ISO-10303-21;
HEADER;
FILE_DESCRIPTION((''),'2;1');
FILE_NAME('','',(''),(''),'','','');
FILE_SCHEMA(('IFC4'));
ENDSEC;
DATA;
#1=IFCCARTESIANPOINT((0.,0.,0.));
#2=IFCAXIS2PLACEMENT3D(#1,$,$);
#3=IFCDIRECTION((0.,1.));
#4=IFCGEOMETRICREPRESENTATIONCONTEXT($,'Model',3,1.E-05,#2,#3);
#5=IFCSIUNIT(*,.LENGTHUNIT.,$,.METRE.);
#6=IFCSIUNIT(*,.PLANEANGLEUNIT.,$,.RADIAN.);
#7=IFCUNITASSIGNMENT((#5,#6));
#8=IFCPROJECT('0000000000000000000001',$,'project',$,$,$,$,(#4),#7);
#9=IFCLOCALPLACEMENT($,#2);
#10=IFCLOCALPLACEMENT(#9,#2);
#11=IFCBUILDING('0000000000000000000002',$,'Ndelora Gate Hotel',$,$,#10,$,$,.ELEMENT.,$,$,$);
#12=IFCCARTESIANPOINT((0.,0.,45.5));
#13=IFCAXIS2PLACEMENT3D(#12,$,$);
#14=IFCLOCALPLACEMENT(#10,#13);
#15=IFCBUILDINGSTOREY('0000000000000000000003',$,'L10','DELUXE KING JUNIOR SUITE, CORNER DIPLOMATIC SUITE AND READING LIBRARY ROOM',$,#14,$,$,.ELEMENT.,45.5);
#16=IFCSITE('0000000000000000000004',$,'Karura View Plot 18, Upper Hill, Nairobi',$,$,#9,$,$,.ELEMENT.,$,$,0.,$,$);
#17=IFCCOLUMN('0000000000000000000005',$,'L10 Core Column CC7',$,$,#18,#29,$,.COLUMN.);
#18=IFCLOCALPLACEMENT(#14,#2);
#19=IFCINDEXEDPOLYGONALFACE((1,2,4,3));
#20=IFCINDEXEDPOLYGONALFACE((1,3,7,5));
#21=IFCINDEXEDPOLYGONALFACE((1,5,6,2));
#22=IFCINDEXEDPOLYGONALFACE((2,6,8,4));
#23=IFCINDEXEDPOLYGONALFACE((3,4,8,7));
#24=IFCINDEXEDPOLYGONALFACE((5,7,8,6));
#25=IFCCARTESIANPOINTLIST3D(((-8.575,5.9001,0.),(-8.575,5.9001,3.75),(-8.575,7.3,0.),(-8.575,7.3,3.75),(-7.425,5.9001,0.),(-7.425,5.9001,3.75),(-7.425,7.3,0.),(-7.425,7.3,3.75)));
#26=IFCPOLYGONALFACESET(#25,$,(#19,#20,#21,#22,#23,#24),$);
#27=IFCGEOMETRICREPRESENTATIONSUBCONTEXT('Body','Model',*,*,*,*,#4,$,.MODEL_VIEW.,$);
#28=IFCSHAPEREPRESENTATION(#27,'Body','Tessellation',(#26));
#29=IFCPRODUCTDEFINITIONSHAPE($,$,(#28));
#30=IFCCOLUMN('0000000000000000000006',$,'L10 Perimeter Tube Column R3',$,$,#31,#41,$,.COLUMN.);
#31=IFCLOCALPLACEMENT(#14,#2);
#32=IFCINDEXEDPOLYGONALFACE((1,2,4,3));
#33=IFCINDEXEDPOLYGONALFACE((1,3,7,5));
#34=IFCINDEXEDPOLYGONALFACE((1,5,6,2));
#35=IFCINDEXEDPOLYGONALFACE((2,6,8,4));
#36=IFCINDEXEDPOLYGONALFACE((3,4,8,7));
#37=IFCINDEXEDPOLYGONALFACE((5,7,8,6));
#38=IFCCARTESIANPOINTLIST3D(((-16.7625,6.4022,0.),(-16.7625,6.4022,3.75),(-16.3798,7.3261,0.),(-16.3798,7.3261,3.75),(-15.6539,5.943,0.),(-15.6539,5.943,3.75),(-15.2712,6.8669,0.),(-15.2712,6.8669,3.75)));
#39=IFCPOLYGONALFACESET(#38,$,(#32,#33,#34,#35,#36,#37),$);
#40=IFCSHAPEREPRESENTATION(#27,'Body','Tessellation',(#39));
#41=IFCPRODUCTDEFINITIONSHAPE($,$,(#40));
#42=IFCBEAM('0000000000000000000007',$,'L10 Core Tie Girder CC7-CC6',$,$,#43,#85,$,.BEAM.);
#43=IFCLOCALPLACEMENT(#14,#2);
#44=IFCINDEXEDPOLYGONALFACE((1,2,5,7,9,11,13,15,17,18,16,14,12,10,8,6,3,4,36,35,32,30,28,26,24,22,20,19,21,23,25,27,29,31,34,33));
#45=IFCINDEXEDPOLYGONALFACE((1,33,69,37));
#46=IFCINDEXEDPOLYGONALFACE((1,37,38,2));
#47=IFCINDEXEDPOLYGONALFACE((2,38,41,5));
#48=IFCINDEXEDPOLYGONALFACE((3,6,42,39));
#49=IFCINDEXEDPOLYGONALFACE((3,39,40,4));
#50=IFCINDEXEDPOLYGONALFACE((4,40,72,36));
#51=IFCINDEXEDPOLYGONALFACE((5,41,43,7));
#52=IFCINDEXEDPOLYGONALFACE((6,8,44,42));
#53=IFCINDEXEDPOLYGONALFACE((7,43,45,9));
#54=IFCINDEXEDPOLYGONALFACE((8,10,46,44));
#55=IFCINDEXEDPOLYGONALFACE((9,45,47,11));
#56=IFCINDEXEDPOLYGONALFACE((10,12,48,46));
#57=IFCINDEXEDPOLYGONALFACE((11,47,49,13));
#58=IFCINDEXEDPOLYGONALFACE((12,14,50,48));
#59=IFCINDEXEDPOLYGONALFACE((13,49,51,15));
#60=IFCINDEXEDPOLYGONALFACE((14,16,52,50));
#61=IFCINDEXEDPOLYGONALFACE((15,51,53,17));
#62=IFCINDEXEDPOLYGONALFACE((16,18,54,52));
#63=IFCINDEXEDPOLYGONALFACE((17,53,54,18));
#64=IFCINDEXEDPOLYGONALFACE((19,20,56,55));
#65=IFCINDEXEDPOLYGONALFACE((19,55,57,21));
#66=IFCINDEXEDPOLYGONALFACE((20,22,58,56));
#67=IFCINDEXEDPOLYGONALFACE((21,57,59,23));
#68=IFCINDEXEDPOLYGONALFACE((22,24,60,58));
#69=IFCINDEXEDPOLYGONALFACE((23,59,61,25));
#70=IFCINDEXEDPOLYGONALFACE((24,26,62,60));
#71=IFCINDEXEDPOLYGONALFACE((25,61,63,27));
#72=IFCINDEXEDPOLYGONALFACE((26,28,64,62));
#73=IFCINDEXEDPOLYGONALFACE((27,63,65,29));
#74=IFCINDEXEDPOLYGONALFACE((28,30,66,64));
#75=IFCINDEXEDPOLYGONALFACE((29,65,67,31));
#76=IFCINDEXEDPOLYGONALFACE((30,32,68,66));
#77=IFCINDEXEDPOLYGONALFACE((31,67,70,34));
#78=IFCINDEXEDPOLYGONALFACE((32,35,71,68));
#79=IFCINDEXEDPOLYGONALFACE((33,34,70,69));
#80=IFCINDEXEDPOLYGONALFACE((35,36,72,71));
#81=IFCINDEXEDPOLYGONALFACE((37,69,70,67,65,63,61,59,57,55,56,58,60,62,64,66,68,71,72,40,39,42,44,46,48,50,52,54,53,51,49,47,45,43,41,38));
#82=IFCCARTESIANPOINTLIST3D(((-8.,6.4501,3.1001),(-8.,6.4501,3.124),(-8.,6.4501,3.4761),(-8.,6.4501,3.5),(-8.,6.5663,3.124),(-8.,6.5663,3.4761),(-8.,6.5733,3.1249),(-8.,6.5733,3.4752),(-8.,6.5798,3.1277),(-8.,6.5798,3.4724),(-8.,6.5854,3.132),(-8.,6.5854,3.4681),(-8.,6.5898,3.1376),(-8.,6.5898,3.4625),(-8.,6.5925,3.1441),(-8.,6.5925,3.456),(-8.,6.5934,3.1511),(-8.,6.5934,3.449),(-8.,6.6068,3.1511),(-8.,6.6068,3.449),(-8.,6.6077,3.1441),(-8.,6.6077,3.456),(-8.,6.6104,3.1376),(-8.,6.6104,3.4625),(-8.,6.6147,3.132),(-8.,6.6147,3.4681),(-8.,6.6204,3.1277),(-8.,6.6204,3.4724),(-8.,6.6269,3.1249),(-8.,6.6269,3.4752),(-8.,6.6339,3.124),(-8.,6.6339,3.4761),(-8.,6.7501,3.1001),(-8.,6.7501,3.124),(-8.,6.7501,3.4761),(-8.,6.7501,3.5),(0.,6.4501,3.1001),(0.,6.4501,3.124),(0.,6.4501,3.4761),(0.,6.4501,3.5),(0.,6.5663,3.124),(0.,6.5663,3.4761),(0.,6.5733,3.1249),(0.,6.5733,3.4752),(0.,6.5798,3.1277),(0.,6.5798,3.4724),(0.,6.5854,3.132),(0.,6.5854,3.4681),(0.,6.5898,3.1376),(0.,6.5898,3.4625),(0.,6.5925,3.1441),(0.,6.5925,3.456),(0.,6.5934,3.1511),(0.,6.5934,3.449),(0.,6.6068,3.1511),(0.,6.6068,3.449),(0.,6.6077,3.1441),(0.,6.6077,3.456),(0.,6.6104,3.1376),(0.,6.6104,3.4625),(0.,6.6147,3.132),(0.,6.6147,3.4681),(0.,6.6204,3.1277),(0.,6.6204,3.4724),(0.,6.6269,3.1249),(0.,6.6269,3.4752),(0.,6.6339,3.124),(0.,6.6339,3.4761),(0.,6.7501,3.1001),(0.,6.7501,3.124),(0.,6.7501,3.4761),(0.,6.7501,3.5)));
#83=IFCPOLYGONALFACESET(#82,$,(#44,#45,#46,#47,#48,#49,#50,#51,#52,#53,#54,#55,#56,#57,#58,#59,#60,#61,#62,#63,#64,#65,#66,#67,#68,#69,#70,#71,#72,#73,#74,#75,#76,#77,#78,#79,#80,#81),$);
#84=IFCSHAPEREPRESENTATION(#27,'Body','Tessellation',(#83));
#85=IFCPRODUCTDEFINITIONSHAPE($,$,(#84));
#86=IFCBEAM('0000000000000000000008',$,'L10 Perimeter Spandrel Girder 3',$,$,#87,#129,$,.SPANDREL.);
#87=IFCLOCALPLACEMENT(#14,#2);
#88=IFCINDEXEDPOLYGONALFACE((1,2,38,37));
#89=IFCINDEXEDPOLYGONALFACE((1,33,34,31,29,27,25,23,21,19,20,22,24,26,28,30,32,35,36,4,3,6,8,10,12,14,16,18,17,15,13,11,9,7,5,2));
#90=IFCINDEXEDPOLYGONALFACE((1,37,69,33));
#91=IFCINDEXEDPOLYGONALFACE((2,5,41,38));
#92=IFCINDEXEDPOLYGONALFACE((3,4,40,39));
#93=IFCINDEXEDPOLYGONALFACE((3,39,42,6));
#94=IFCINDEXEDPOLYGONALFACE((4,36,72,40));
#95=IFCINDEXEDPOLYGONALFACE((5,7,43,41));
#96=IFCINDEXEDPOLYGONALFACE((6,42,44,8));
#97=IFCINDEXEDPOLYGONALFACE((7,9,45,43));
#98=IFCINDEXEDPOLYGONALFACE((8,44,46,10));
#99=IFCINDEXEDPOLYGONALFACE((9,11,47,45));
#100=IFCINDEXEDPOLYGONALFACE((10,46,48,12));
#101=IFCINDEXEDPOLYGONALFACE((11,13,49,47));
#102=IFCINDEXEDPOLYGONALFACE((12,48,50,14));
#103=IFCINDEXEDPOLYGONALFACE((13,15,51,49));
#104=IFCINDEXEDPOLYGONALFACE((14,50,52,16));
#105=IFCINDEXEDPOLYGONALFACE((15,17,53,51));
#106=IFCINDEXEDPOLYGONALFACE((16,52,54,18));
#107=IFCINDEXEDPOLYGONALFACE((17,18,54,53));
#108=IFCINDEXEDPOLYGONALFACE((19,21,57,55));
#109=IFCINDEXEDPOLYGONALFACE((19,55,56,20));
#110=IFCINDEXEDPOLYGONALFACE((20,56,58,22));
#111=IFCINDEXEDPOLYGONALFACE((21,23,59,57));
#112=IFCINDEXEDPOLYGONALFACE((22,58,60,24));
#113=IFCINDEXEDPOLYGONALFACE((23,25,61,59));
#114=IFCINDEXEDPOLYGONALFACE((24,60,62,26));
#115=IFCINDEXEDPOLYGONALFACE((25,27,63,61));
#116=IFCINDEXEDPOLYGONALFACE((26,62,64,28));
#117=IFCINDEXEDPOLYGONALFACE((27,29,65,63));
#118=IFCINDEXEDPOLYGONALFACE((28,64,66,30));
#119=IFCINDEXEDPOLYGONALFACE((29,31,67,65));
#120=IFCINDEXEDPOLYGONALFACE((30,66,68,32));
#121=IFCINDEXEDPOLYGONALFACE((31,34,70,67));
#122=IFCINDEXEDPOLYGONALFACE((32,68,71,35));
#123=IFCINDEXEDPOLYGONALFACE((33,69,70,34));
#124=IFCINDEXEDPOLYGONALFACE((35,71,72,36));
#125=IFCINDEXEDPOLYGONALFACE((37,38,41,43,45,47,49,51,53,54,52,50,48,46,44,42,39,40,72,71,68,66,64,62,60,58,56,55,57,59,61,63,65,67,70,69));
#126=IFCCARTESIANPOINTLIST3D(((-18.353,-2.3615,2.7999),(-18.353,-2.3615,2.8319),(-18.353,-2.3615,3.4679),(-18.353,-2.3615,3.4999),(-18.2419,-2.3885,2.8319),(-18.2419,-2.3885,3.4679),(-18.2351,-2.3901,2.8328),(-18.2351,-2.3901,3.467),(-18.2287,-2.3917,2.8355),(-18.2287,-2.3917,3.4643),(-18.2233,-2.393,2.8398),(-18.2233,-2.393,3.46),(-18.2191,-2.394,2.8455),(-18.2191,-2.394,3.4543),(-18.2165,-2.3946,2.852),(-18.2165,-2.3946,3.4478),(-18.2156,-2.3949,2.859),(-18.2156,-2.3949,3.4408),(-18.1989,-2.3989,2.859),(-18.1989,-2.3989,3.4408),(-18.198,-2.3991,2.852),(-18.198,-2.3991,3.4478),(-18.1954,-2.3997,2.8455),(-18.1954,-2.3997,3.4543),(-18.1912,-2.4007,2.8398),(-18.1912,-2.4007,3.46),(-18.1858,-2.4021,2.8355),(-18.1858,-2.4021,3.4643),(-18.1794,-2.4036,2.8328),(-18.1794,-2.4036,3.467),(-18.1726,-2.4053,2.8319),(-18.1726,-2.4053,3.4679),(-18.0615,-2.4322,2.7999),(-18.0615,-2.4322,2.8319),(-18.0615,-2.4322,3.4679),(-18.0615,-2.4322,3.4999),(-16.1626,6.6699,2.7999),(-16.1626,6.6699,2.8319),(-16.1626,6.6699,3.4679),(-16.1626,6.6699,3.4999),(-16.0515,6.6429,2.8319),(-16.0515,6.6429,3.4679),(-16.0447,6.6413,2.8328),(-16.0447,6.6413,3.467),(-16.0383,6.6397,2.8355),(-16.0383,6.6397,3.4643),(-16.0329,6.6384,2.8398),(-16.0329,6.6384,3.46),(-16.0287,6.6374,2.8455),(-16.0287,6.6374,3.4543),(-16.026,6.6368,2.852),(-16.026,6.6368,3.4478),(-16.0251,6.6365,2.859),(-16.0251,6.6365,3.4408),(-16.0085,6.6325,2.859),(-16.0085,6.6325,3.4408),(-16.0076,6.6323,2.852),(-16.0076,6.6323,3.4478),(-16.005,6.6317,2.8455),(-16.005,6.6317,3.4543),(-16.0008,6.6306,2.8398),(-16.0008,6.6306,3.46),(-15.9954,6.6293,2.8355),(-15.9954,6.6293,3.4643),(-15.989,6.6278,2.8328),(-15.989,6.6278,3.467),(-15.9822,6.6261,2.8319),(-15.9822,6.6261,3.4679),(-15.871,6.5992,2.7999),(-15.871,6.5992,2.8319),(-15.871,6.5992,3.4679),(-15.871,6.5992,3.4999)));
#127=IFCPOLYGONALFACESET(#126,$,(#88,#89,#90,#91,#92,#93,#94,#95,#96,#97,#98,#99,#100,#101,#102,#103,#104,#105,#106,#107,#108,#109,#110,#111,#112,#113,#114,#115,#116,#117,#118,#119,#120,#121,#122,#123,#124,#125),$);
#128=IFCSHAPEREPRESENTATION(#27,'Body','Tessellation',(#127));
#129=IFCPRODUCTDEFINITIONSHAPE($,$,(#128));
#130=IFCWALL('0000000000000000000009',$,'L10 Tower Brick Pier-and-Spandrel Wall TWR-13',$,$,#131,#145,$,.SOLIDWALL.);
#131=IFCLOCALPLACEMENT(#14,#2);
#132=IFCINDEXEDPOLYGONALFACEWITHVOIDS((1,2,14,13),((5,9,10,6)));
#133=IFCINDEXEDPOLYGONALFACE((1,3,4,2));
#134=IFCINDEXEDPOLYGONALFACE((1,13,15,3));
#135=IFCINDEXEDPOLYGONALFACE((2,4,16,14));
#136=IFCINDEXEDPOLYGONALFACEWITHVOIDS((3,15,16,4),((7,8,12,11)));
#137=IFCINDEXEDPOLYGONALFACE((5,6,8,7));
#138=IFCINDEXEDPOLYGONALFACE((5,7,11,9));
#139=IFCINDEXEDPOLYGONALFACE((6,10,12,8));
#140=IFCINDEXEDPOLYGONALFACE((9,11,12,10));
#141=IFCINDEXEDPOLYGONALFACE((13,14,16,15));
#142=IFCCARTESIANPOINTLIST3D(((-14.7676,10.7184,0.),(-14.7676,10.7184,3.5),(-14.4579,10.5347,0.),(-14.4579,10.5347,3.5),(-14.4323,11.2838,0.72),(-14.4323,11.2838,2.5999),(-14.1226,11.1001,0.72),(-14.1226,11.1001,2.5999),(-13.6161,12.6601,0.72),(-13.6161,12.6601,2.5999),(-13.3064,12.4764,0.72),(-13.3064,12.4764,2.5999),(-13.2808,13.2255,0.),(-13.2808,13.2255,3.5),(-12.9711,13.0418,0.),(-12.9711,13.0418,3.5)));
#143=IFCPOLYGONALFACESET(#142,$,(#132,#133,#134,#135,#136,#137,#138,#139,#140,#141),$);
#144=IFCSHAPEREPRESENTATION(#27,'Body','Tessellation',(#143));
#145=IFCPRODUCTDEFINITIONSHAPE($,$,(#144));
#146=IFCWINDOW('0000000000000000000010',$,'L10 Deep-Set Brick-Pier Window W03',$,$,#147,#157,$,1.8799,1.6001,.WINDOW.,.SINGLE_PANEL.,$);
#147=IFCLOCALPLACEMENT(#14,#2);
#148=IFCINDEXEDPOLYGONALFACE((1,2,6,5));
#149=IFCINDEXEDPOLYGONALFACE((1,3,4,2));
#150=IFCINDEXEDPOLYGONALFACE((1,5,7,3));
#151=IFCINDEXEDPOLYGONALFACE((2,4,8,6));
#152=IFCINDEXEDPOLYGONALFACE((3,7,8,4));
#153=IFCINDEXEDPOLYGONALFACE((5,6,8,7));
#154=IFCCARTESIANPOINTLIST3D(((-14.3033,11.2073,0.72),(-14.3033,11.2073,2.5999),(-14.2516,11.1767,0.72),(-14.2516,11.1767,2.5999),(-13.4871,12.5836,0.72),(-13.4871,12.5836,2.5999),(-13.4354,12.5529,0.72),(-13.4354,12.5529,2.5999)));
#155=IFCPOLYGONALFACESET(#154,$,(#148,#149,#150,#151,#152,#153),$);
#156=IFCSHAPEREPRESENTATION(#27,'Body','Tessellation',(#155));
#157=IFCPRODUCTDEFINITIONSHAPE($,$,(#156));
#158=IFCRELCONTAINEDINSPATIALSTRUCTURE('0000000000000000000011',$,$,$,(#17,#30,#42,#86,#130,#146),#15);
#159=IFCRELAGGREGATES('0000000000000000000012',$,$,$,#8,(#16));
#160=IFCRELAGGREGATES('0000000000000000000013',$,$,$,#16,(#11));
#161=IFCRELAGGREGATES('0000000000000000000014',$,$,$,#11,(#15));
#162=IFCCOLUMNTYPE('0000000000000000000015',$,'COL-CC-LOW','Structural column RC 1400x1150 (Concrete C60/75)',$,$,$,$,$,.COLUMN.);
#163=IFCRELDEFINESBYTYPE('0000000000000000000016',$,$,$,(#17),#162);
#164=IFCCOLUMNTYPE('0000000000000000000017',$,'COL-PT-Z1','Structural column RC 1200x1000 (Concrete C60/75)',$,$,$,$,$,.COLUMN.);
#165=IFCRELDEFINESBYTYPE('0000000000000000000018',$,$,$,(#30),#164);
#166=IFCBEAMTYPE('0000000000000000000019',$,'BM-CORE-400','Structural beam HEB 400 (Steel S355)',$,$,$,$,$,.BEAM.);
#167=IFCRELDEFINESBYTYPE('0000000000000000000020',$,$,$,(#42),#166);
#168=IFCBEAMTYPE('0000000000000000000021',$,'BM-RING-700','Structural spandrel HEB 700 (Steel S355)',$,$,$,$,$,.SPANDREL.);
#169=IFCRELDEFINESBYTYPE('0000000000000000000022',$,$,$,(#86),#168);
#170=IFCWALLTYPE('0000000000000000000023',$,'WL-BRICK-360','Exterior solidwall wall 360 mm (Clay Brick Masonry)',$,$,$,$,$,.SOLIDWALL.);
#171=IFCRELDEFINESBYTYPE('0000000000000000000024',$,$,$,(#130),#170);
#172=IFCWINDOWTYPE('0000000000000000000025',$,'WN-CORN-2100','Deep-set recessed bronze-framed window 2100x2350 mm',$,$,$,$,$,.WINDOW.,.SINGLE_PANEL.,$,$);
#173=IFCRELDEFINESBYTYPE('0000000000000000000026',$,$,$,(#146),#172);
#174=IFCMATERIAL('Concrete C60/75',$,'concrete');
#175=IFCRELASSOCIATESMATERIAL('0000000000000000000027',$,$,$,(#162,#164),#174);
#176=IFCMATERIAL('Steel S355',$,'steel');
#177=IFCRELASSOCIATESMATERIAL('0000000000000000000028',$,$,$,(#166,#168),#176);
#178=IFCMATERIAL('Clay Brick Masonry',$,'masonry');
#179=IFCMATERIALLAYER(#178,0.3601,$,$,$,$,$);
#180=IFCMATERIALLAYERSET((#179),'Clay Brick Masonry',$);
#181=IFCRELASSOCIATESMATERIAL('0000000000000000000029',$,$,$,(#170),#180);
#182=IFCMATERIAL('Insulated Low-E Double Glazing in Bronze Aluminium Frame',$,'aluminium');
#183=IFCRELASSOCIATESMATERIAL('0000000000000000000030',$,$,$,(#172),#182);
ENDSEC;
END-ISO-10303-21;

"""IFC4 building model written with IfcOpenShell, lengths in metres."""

from ifc_helpers import new_model, si_unit, direction, frame, frame_2d, origin, origin_2d, place, context, subcontext, project, spatial, rectangle, i_section, extrude, material, layer, layer_set, material_profile, profile_set, type_object, element, fill, save


model = new_model("IFC4")

# Units and contexts
model_context = context("Model", 3, precision=1e-05, world=origin(), true_north=direction((0.0, 1.0)))
body_context = subcontext(model_context, "Body", "Model", "MODEL_VIEW")
ifc_project = project(units=[si_unit("LENGTHUNIT", "METRE"), si_unit("PLANEANGLEUNIT", "RADIAN")], contexts=[model_context])

# Site, building, storey
site_placement = place(None, origin())
site = spatial("IfcSite", under=ifc_project, at=site_placement, Name="Karura View Plot 18, Upper Hill, Nairobi", CompositionType="ELEMENT", RefElevation=0.0)
building_placement = place(site_placement, origin())
building = spatial("IfcBuilding", under=site, at=building_placement, Name="Ndelora Gate Hotel", CompositionType="ELEMENT")
storey_placement = place(building_placement, frame((0.0, 0.0, 45.5)))
storey = spatial("IfcBuildingStorey", under=building, at=storey_placement, Name="L10", Description="DELUXE KING JUNIOR SUITE, CORNER DIPLOMATIC SUITE AND READING LIBRARY ROOM", CompositionType="ELEMENT", Elevation=45.5)

# Columns
ifc_material_1 = material(Name="Concrete C60/75", Category="concrete")
ifc_material_profile_1 = material_profile(ifc_material_1, rectangle(XDim=1.1499, YDim=1.3999, at=origin_2d()), Name="RC 1400x1150")
ifc_profile_set_1 = profile_set([ifc_material_profile_1], Name="Concrete C60/75")
column_type_1 = type_object("IfcColumnType", Name="COL-CC-LOW", Description="Structural column RC 1400x1150 (Concrete C60/75)", PredefinedType="COLUMN", material=ifc_profile_set_1)
column_1_placement = place(storey_placement, frame((-8.0, 6.6001, 0.0), z_axis=(0.0, 0.0, 1.0), x_axis=(1.0, 0.0, 0.0)))
element("IfcColumn", 1, at=column_1_placement, inside=storey, type_object=column_type_1, Name="L10 Core Column CC7", PredefinedType="COLUMN", context=body_context, shape_type="SweptSolid", body=[
    extrude(rectangle(XDim=1.1499, YDim=1.3999, at=origin_2d()), origin(), (0.0, 0.0, 1.0), 3.75),
])
ifc_material_profile_2 = material_profile(ifc_material_1, rectangle(XDim=1.0, YDim=1.2, at=origin_2d()), Name="RC 1200x1000")
ifc_profile_set_2 = profile_set([ifc_material_profile_2], Name="Concrete C60/75")
column_type_2 = type_object("IfcColumnType", Name="COL-PT-Z1", Description="Structural column RC 1200x1000 (Concrete C60/75)", PredefinedType="COLUMN", material=ifc_profile_set_2)
column_2_placement = place(storey_placement, frame((-16.0168, 6.6345, 0.0), z_axis=(0.0, 0.0, 1.0), x_axis=(0.382683, 0.92388, 0.0)))
element("IfcColumn", 2, at=column_2_placement, inside=storey, type_object=column_type_2, Name="L10 Perimeter Tube Column R3", PredefinedType="COLUMN", context=body_context, shape_type="SweptSolid", body=[
    extrude(rectangle(XDim=1.0, YDim=1.2, at=origin_2d()), origin(), (0.0, 0.0, 1.0), 3.75),
])

# Beams
ifc_material_2 = material(Name="Steel S355", Category="steel")
ifc_material_profile_3 = material_profile(ifc_material_2, i_section(OverallWidth=0.3, OverallDepth=0.3999, WebThickness=0.0134, FlangeThickness=0.0239, FilletRadius=0.0271, at=origin_2d()), Name="HEB 400")
ifc_profile_set_3 = profile_set([ifc_material_profile_3], Name="Steel S355")
beam_type_1 = type_object("IfcBeamType", Name="BM-CORE-400", Description="Structural beam HEB 400 (Steel S355)", PredefinedType="BEAM", material=ifc_profile_set_3)
beam_1_placement = place(storey_placement, frame((-8.0, 6.6001, 3.3), z_axis=(1.0, 0.0, 0.0), x_axis=(0.0, 1.0, 0.0)))
element("IfcBeam", 3, at=beam_1_placement, inside=storey, type_object=beam_type_1, Name="L10 Core Tie Girder CC7-CC6", PredefinedType="BEAM", context=body_context, shape_type="SweptSolid", body=[
    extrude(i_section(OverallWidth=0.3, OverallDepth=0.3999, WebThickness=0.0134, FlangeThickness=0.0239, FilletRadius=0.0271, at=origin_2d()), origin(), (0.0, 0.0, 1.0), 8.0),
])
ifc_material_profile_4 = material_profile(ifc_material_2, i_section(OverallWidth=0.3, OverallDepth=0.7, WebThickness=0.0171, FlangeThickness=0.032, FilletRadius=0.0271, at=origin_2d()), Name="HEB 700")
ifc_profile_set_4 = profile_set([ifc_material_profile_4], Name="Steel S355")
beam_type_2 = type_object("IfcBeamType", Name="BM-RING-700", Description="Structural spandrel HEB 700 (Steel S355)", PredefinedType="SPANDREL", material=ifc_profile_set_4)
beam_2_placement = place(storey_placement, frame((-16.0168, 6.6345, 3.1499), z_axis=(-0.235699, -0.971826, 0.0), x_axis=(0.971826, -0.235699, 0.0)))
element("IfcBeam", 4, at=beam_2_placement, inside=storey, type_object=beam_type_2, Name="L10 Perimeter Spandrel Girder 3", PredefinedType="SPANDREL", context=body_context, shape_type="SweptSolid", body=[
    extrude(i_section(OverallWidth=0.3, OverallDepth=0.7, WebThickness=0.0171, FlangeThickness=0.032, FilletRadius=0.0271, at=origin_2d()), origin(), (0.0, 0.0, 1.0), 9.2932),
])

# Wall, opening, window
ifc_material_3 = material(Name="Clay Brick Masonry", Category="masonry")
ifc_layer_1 = layer(ifc_material_3, 0.3601)
ifc_layer_set_1 = layer_set([ifc_layer_1], Name="Clay Brick Masonry")
wall_type_1 = type_object("IfcWallType", Name="WL-BRICK-360", Description="Exterior solidwall wall 360 mm (Clay Brick Masonry)", PredefinedType="SOLIDWALL", material=ifc_layer_set_1)
wall_1_placement = place(storey_placement, frame((-14.6128, 10.6265, 0.0), z_axis=(0.0, 0.0, 1.0), x_axis=(0.510092, 0.86012, 0.0)))
wall_1 = element("IfcWall", 5, at=wall_1_placement, inside=storey, type_object=wall_type_1, Name="L10 Tower Brick Pier-and-Spandrel Wall TWR-13", PredefinedType="SOLIDWALL", context=body_context, shape_type="SweptSolid", body=[
    extrude(rectangle(XDim=2.9148, YDim=0.3601, at=frame_2d((1.4575, 0.0))), origin(), (0.0, 0.0, 1.0), 3.5),
])
opening_1_placement = place(wall_1_placement, frame((0.6575, 0.0, 0.72)))
opening_1 = element("IfcOpeningElement", 6, at=opening_1_placement, cuts=wall_1, PredefinedType="OPENING", context=body_context, shape_type="SweptSolid", body=[
    extrude(rectangle(XDim=1.6001, YDim=1.8799, at=frame_2d((0.8, 0.9399))), frame((0.0, 0.1899, 0.0), z_axis=(0.0, -1.0, 0.0), x_axis=(1.0, 0.0, 0.0)), (0.0, 0.0, 1.0), 0.3801),
])
ifc_material_4 = material(Name="Insulated Low-E Double Glazing in Bronze Aluminium Frame", Category="aluminium")
window_type_1 = type_object("IfcWindowType", Name="WN-CORN-2100", Description="Deep-set recessed bronze-framed window 2100x2350 mm", PartitioningType="SINGLE_PANEL", PredefinedType="WINDOW", material=ifc_material_4)
window_1_placement = place(opening_1_placement, origin())
window_1 = element("IfcWindow", 7, at=window_1_placement, inside=storey, type_object=window_type_1, Name="L10 Deep-Set Brick-Pier Window W03", OverallHeight=1.8799, OverallWidth=1.6001, PartitioningType="SINGLE_PANEL", PredefinedType="WINDOW", context=body_context, shape_type="SweptSolid", body=[
    extrude(rectangle(XDim=1.6001, YDim=1.8799, at=frame_2d((0.8, 0.9399))), frame((0.0, 0.03, 0.0), z_axis=(0.0, -1.0, 0.0), x_axis=(1.0, 0.0, 0.0)), (0.0, 0.0, 1.0), 0.0601),
])
fill(opening_1, window_1)

save(model, "model.ifc")
